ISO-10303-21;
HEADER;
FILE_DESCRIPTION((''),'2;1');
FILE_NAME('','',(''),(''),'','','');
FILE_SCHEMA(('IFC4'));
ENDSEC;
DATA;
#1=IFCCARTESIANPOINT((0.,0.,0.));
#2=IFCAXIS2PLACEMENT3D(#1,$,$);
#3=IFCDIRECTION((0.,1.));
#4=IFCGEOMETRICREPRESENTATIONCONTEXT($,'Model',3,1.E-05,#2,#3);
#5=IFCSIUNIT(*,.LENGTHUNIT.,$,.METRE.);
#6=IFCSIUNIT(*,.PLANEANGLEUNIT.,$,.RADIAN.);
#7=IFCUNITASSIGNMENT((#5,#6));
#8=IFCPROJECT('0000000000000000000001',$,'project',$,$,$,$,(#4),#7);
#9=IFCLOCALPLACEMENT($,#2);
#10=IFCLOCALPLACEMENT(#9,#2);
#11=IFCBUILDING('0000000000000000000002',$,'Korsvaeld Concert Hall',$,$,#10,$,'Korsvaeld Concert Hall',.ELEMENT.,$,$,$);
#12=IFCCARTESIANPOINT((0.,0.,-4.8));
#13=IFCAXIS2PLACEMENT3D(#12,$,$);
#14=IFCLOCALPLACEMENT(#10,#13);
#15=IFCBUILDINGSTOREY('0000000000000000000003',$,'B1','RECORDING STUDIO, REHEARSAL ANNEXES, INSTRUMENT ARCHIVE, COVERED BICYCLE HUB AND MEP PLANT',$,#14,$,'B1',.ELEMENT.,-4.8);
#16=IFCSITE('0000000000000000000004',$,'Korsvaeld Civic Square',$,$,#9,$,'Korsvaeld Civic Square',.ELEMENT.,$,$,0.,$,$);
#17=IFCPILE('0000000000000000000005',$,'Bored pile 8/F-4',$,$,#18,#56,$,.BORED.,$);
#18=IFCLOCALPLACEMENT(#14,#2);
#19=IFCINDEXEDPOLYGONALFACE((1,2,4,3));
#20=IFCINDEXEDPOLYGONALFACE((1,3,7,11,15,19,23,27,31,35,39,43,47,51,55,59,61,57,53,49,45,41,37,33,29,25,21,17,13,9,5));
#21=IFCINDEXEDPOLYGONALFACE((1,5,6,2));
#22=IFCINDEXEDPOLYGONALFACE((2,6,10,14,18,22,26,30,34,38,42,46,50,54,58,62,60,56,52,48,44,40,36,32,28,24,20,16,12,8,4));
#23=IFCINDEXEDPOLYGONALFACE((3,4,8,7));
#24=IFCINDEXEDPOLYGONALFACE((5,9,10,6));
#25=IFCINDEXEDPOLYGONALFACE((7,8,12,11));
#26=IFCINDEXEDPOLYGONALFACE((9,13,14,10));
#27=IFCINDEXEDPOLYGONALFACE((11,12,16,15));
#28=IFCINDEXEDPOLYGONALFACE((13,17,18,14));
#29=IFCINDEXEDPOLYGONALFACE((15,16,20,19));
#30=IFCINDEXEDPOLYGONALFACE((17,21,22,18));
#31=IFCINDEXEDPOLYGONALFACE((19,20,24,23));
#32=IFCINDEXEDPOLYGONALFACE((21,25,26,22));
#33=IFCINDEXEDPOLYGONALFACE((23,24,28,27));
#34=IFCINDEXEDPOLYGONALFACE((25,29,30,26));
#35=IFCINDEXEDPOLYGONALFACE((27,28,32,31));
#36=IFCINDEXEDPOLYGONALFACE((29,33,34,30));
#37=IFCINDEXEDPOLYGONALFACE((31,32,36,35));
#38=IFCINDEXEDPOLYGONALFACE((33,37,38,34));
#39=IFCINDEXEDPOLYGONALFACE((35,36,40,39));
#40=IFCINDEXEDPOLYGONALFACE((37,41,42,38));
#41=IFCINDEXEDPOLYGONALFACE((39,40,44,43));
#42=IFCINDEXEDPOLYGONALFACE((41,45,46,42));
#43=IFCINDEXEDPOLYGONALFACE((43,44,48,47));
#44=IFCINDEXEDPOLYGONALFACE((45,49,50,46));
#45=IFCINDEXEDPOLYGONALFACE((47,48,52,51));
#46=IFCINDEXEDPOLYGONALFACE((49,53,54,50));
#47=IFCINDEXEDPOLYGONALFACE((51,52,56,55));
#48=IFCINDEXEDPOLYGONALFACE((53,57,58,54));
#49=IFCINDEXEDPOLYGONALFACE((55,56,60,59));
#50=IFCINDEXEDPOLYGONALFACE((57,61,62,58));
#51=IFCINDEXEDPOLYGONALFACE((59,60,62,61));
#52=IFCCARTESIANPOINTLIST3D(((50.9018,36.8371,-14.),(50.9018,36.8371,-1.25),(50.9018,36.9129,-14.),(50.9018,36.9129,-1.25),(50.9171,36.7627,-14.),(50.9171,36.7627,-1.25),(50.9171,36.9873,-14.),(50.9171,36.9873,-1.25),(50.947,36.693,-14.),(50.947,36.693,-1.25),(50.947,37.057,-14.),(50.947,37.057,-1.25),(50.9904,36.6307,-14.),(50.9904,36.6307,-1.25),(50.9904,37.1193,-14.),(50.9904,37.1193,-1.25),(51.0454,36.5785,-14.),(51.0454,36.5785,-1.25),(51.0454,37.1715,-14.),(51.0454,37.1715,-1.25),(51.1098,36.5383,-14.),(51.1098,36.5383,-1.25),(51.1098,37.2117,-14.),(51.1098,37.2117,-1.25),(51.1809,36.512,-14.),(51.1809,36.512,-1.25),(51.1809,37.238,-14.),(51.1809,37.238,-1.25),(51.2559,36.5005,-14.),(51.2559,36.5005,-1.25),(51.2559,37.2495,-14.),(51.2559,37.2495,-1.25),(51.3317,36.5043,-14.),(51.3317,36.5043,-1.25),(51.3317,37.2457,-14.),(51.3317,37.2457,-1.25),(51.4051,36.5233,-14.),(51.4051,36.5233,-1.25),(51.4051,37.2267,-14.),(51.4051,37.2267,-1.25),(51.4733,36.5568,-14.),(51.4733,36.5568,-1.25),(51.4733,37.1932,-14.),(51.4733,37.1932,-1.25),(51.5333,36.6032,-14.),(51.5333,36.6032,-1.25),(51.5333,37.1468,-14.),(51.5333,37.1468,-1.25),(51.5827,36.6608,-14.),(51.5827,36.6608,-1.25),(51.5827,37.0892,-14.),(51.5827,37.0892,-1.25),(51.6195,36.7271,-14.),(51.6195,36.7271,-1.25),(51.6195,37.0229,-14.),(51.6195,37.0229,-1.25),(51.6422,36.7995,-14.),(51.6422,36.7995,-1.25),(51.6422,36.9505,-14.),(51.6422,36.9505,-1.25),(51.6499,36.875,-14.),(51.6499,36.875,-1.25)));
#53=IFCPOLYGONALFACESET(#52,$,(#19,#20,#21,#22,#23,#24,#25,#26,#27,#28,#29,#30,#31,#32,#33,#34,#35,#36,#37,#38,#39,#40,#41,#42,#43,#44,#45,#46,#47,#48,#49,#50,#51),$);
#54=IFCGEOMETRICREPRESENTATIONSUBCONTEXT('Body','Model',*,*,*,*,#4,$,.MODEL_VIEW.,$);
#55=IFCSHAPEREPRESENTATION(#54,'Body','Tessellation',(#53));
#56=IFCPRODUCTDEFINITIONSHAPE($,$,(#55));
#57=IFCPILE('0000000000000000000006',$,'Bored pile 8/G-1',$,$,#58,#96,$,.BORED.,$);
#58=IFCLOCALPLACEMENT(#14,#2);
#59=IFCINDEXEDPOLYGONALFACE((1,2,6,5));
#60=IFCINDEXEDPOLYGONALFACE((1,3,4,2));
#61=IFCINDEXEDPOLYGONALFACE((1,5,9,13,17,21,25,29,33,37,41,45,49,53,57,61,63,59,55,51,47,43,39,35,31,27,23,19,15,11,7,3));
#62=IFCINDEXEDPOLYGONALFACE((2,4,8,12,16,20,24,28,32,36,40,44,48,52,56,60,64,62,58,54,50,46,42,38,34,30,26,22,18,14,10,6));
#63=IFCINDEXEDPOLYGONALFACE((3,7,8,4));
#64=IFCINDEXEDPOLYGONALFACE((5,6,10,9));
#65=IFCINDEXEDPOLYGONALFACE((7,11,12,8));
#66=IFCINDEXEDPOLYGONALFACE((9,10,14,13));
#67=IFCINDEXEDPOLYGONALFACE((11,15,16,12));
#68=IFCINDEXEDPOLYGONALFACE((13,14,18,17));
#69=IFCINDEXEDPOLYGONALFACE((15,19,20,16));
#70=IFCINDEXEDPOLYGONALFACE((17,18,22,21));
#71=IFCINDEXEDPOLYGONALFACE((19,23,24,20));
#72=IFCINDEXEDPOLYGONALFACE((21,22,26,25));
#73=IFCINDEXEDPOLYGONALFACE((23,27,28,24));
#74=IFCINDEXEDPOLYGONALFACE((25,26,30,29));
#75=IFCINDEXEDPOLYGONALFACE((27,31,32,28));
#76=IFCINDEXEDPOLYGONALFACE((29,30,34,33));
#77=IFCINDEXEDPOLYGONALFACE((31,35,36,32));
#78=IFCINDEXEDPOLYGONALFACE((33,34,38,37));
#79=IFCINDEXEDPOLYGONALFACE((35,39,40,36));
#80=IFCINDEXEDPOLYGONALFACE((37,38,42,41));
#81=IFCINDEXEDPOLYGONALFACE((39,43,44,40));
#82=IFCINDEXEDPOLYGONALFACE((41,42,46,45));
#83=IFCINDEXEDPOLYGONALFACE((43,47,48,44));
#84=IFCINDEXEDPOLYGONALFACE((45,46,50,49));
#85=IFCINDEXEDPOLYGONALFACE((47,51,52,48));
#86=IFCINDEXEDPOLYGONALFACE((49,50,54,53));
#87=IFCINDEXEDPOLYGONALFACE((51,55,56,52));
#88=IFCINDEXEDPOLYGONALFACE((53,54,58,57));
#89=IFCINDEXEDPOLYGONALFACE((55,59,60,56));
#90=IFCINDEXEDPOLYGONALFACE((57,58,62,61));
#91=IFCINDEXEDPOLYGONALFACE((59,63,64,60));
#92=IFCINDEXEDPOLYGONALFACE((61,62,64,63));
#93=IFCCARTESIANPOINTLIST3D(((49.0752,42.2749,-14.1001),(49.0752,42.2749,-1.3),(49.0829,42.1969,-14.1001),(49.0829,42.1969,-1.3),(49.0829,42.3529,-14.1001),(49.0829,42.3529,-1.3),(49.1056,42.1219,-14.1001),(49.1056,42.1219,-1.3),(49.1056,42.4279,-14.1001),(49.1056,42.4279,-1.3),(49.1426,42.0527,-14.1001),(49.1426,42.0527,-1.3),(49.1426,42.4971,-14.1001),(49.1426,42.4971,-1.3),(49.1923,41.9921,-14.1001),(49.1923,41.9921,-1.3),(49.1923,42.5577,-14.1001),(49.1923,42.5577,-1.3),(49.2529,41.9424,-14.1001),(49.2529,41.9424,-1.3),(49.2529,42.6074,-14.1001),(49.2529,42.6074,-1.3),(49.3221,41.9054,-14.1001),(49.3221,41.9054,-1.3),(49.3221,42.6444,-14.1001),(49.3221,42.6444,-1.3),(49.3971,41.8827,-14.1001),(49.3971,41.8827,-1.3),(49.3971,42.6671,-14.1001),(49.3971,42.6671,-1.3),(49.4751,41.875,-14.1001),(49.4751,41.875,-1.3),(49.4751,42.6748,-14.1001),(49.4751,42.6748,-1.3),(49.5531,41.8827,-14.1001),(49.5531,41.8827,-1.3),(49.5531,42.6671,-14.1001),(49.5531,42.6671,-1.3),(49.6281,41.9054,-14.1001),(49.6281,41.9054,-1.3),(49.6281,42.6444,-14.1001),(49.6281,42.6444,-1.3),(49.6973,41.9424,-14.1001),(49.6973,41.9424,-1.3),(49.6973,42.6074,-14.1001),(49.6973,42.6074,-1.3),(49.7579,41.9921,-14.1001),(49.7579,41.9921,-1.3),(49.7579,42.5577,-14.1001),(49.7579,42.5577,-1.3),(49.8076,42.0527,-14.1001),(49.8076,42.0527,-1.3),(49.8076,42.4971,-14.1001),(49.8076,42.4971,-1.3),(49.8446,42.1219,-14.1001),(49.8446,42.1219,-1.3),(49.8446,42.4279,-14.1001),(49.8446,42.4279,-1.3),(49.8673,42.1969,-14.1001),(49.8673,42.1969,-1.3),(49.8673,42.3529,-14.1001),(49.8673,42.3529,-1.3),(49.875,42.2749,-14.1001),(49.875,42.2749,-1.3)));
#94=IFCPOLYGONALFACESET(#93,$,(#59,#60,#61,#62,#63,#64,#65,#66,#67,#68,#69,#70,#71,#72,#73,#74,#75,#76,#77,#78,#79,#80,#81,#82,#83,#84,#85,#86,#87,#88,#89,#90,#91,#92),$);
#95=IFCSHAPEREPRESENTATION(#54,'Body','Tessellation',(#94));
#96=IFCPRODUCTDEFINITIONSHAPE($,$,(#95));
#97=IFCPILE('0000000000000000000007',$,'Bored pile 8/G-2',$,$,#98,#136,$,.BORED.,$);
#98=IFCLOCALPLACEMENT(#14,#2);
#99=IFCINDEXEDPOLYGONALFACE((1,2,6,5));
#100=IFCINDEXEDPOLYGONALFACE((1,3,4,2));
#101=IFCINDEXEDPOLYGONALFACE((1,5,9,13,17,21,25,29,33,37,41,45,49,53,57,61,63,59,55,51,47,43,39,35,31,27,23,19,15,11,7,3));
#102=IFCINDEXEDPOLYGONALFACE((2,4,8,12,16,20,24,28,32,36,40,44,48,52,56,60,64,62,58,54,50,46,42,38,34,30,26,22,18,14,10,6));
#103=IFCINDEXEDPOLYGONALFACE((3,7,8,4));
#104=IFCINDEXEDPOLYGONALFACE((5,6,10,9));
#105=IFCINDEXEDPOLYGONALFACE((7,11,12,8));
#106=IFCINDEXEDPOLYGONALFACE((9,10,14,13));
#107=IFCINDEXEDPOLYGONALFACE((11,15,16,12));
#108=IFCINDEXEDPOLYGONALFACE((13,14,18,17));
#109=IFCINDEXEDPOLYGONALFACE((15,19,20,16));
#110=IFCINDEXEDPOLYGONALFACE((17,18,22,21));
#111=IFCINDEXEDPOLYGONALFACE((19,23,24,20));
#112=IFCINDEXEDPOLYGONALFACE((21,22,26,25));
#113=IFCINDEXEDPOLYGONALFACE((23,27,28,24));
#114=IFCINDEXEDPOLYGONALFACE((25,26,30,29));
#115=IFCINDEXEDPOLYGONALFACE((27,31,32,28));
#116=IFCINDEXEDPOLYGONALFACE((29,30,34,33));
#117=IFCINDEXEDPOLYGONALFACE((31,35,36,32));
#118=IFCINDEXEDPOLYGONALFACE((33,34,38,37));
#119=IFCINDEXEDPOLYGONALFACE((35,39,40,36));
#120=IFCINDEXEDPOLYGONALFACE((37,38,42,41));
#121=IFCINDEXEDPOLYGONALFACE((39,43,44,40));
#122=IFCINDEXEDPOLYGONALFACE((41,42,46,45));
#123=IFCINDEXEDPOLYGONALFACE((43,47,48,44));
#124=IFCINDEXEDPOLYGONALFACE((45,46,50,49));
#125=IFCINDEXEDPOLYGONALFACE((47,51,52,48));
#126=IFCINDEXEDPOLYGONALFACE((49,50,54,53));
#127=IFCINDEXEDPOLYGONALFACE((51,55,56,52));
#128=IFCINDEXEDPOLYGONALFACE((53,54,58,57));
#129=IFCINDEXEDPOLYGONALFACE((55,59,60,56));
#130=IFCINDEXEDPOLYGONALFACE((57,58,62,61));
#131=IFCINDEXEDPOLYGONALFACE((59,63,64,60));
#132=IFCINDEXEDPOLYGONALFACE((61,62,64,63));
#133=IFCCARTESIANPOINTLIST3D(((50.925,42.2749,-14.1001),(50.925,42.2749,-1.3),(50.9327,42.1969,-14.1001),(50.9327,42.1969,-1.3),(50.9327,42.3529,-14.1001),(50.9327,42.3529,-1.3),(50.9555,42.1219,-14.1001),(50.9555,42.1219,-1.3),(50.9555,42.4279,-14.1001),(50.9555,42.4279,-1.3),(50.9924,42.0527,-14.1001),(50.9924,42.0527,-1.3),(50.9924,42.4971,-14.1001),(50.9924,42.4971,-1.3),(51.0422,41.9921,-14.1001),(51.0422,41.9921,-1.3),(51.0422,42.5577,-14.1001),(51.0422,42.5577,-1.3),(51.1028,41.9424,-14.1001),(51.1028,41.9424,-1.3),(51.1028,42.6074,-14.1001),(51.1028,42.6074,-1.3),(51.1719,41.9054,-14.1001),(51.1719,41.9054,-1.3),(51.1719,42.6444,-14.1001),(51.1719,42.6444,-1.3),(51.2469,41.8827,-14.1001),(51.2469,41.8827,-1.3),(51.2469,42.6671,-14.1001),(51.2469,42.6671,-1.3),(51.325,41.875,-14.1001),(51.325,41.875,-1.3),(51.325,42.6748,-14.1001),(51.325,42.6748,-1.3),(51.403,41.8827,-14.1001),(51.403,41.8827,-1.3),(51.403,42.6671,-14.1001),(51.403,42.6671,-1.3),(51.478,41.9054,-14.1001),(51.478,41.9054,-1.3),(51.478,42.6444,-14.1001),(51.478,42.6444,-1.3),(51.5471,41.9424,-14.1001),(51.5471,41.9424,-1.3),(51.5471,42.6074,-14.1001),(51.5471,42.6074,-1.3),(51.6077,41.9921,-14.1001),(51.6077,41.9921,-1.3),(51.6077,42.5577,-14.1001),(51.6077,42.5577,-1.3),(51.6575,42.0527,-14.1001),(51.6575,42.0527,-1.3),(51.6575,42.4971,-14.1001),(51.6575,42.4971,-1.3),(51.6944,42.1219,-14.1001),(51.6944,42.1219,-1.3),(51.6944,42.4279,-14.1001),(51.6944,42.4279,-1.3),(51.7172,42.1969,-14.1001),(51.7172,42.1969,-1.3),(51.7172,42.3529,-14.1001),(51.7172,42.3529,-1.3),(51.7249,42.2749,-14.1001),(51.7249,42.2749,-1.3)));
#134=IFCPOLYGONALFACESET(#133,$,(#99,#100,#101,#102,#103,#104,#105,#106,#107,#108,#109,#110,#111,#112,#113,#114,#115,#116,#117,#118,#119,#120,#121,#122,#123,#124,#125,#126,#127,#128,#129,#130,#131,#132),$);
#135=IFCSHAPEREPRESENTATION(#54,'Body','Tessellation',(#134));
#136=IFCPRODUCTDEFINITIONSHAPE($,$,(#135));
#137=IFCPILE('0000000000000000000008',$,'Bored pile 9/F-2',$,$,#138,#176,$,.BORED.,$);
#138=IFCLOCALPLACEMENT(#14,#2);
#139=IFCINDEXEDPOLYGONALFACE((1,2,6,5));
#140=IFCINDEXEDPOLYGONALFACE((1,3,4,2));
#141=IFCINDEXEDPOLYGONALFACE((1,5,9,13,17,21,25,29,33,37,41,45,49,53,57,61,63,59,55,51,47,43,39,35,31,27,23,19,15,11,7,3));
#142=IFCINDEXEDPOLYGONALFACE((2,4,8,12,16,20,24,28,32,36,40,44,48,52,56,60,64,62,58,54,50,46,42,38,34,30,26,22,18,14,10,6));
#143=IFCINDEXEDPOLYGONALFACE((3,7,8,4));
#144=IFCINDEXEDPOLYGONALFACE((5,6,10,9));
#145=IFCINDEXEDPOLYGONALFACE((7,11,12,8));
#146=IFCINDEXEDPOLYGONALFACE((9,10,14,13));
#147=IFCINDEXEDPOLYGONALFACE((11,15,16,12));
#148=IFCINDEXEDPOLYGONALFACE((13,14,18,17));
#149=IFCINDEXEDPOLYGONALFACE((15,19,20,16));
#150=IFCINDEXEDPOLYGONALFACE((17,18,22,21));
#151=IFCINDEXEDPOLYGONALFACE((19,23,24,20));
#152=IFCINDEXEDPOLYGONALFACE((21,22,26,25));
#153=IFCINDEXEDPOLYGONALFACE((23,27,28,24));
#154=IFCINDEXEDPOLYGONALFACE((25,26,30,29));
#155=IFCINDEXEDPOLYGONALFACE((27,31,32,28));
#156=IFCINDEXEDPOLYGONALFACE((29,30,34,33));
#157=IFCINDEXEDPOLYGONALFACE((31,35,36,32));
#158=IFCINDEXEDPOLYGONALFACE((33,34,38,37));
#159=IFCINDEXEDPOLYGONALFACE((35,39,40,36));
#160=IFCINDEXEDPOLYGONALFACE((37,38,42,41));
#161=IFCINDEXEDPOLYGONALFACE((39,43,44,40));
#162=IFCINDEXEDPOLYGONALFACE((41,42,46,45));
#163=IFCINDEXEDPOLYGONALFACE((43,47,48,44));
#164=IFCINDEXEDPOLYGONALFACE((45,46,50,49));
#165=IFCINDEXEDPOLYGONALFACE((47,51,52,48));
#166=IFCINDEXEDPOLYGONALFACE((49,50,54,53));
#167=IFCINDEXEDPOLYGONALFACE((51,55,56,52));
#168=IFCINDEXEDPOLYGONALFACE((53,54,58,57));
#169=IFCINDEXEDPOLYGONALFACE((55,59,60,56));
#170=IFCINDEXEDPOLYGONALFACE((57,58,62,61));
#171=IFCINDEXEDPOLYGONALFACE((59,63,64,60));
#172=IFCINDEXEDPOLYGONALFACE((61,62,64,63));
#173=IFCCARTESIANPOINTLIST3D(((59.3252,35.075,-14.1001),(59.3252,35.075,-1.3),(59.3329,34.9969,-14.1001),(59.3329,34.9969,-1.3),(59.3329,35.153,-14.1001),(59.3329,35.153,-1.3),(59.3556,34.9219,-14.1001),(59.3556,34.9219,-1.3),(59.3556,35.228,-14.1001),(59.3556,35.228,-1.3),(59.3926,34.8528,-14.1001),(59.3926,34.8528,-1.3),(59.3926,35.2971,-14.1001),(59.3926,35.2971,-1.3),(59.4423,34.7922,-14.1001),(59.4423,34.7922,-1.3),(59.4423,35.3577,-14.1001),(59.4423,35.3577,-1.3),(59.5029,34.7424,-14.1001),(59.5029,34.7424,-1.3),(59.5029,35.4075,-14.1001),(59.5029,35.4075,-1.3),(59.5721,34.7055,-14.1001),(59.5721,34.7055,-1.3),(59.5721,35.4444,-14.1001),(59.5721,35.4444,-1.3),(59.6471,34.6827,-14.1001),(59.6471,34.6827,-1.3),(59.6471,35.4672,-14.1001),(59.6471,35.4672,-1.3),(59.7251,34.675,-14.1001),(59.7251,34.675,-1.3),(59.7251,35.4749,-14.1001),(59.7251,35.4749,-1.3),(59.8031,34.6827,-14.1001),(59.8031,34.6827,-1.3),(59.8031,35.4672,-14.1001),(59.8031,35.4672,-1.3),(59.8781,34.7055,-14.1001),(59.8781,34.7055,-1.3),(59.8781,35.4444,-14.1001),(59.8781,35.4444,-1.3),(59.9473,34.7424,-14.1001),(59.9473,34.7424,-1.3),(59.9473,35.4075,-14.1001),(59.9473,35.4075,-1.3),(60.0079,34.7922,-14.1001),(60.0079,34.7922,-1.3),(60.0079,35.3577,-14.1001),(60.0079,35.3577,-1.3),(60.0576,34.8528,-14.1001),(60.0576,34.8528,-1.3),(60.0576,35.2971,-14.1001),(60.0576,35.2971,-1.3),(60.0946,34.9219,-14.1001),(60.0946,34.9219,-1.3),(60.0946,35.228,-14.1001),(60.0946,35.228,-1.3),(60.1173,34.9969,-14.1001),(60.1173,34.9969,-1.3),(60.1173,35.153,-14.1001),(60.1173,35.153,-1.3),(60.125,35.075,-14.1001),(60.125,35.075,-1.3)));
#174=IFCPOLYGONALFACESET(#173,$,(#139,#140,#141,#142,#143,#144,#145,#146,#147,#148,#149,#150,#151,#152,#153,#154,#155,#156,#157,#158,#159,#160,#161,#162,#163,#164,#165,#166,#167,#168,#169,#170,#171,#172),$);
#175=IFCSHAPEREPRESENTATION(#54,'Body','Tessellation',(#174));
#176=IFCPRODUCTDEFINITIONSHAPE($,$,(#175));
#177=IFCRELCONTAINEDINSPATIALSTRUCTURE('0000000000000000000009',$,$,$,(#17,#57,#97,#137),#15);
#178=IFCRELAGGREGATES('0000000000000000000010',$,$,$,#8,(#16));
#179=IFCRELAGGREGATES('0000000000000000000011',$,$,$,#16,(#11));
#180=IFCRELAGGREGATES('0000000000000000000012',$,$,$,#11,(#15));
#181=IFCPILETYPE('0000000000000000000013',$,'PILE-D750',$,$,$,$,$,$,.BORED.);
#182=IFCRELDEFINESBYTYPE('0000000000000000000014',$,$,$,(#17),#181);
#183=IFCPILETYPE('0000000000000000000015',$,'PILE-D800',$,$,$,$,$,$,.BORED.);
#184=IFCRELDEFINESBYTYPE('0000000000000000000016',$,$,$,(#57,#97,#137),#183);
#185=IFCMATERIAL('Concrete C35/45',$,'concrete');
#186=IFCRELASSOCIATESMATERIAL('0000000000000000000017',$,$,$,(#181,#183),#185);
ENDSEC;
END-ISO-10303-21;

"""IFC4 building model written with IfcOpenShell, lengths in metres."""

from ifc_helpers import new_model, si_unit, direction, frame, origin, origin_2d, place, context, subcontext, project, spatial, circle, extrude, material, material_profile, profile_set, type_object, element, save


model = new_model("IFC4")

# Units and contexts
model_context = context("Model", 3, precision=1e-05, world=origin(), true_north=direction((0.0, 1.0)))
body_context = subcontext(model_context, "Body", "Model", "MODEL_VIEW")
ifc_project = project(units=[si_unit("LENGTHUNIT", "METRE"), si_unit("PLANEANGLEUNIT", "RADIAN")], contexts=[model_context])

# Site, building, storey
site_placement = place(None, origin())
site = spatial("IfcSite", under=ifc_project, at=site_placement, Name="Korsvaeld Civic Square", LongName="Korsvaeld Civic Square", CompositionType="ELEMENT", RefElevation=0.0)
building_placement = place(site_placement, origin())
building = spatial("IfcBuilding", under=site, at=building_placement, Name="Korsvaeld Concert Hall", LongName="Korsvaeld Concert Hall", CompositionType="ELEMENT")
storey_placement = place(building_placement, frame((0.0, 0.0, -4.8)))
storey = spatial("IfcBuildingStorey", under=building, at=storey_placement, Name="B1", Description="RECORDING STUDIO, REHEARSAL ANNEXES, INSTRUMENT ARCHIVE, COVERED BICYCLE HUB AND MEP PLANT", LongName="B1", CompositionType="ELEMENT", Elevation=-4.8)

# Shared definitions
ifc_material_1 = material(Name="Concrete C35/45", Category="concrete")

# Piles
ifc_material_profile_1 = material_profile(ifc_material_1, circle(Radius=0.375, at=origin_2d()), Name="BORED PILE D750")
ifc_profile_set_1 = profile_set([ifc_material_profile_1], Name="Concrete C35/45")
pile_type_1 = type_object("IfcPileType", Name="PILE-D750", PredefinedType="BORED", material=ifc_profile_set_1)
for number, where, z_axis, x_axis, name in (
    (1, (51.2749, 36.875, -1.25), (0.0, 0.0, -1.0), (1.0, 0.0, 0.0), "Bored pile 8/F-4"),
):
    element("IfcPile", number, at=place(storey_placement, frame(where, z_axis=z_axis, x_axis=x_axis)), inside=storey, type_object=pile_type_1, Name=name, PredefinedType="BORED", context=body_context, shape_type="SweptSolid", body=[
        extrude(circle(Radius=0.375, at=origin_2d()), origin(), (0.0, 0.0, 1.0), 12.75),
    ])
ifc_material_profile_2 = material_profile(ifc_material_1, circle(Radius=0.3999, at=origin_2d()), Name="BORED PILE D800")
ifc_profile_set_2 = profile_set([ifc_material_profile_2], Name="Concrete C35/45")
pile_type_2 = type_object("IfcPileType", Name="PILE-D800", PredefinedType="BORED", material=ifc_profile_set_2)
for number, where, z_axis, x_axis, name in (
    (2, (49.4751, 42.2749, -1.3), (0.0, 0.0, -1.0), (1.0, 0.0, 0.0), "Bored pile 8/G-1"),
    (3, (51.325, 42.2749, -1.3), (0.0, 0.0, -1.0), (1.0, 0.0, 0.0), "Bored pile 8/G-2"),
    (4, (59.7251, 35.075, -1.3), (0.0, 0.0, -1.0), (1.0, 0.0, 0.0), "Bored pile 9/F-2"),
):
    element("IfcPile", number, at=place(storey_placement, frame(where, z_axis=z_axis, x_axis=x_axis)), inside=storey, type_object=pile_type_2, Name=name, PredefinedType="BORED", context=body_context, shape_type="SweptSolid", body=[
        extrude(circle(Radius=0.3999, at=origin_2d()), origin(), (0.0, 0.0, 1.0), 12.8),
    ])

save(model, "model.ifc")
